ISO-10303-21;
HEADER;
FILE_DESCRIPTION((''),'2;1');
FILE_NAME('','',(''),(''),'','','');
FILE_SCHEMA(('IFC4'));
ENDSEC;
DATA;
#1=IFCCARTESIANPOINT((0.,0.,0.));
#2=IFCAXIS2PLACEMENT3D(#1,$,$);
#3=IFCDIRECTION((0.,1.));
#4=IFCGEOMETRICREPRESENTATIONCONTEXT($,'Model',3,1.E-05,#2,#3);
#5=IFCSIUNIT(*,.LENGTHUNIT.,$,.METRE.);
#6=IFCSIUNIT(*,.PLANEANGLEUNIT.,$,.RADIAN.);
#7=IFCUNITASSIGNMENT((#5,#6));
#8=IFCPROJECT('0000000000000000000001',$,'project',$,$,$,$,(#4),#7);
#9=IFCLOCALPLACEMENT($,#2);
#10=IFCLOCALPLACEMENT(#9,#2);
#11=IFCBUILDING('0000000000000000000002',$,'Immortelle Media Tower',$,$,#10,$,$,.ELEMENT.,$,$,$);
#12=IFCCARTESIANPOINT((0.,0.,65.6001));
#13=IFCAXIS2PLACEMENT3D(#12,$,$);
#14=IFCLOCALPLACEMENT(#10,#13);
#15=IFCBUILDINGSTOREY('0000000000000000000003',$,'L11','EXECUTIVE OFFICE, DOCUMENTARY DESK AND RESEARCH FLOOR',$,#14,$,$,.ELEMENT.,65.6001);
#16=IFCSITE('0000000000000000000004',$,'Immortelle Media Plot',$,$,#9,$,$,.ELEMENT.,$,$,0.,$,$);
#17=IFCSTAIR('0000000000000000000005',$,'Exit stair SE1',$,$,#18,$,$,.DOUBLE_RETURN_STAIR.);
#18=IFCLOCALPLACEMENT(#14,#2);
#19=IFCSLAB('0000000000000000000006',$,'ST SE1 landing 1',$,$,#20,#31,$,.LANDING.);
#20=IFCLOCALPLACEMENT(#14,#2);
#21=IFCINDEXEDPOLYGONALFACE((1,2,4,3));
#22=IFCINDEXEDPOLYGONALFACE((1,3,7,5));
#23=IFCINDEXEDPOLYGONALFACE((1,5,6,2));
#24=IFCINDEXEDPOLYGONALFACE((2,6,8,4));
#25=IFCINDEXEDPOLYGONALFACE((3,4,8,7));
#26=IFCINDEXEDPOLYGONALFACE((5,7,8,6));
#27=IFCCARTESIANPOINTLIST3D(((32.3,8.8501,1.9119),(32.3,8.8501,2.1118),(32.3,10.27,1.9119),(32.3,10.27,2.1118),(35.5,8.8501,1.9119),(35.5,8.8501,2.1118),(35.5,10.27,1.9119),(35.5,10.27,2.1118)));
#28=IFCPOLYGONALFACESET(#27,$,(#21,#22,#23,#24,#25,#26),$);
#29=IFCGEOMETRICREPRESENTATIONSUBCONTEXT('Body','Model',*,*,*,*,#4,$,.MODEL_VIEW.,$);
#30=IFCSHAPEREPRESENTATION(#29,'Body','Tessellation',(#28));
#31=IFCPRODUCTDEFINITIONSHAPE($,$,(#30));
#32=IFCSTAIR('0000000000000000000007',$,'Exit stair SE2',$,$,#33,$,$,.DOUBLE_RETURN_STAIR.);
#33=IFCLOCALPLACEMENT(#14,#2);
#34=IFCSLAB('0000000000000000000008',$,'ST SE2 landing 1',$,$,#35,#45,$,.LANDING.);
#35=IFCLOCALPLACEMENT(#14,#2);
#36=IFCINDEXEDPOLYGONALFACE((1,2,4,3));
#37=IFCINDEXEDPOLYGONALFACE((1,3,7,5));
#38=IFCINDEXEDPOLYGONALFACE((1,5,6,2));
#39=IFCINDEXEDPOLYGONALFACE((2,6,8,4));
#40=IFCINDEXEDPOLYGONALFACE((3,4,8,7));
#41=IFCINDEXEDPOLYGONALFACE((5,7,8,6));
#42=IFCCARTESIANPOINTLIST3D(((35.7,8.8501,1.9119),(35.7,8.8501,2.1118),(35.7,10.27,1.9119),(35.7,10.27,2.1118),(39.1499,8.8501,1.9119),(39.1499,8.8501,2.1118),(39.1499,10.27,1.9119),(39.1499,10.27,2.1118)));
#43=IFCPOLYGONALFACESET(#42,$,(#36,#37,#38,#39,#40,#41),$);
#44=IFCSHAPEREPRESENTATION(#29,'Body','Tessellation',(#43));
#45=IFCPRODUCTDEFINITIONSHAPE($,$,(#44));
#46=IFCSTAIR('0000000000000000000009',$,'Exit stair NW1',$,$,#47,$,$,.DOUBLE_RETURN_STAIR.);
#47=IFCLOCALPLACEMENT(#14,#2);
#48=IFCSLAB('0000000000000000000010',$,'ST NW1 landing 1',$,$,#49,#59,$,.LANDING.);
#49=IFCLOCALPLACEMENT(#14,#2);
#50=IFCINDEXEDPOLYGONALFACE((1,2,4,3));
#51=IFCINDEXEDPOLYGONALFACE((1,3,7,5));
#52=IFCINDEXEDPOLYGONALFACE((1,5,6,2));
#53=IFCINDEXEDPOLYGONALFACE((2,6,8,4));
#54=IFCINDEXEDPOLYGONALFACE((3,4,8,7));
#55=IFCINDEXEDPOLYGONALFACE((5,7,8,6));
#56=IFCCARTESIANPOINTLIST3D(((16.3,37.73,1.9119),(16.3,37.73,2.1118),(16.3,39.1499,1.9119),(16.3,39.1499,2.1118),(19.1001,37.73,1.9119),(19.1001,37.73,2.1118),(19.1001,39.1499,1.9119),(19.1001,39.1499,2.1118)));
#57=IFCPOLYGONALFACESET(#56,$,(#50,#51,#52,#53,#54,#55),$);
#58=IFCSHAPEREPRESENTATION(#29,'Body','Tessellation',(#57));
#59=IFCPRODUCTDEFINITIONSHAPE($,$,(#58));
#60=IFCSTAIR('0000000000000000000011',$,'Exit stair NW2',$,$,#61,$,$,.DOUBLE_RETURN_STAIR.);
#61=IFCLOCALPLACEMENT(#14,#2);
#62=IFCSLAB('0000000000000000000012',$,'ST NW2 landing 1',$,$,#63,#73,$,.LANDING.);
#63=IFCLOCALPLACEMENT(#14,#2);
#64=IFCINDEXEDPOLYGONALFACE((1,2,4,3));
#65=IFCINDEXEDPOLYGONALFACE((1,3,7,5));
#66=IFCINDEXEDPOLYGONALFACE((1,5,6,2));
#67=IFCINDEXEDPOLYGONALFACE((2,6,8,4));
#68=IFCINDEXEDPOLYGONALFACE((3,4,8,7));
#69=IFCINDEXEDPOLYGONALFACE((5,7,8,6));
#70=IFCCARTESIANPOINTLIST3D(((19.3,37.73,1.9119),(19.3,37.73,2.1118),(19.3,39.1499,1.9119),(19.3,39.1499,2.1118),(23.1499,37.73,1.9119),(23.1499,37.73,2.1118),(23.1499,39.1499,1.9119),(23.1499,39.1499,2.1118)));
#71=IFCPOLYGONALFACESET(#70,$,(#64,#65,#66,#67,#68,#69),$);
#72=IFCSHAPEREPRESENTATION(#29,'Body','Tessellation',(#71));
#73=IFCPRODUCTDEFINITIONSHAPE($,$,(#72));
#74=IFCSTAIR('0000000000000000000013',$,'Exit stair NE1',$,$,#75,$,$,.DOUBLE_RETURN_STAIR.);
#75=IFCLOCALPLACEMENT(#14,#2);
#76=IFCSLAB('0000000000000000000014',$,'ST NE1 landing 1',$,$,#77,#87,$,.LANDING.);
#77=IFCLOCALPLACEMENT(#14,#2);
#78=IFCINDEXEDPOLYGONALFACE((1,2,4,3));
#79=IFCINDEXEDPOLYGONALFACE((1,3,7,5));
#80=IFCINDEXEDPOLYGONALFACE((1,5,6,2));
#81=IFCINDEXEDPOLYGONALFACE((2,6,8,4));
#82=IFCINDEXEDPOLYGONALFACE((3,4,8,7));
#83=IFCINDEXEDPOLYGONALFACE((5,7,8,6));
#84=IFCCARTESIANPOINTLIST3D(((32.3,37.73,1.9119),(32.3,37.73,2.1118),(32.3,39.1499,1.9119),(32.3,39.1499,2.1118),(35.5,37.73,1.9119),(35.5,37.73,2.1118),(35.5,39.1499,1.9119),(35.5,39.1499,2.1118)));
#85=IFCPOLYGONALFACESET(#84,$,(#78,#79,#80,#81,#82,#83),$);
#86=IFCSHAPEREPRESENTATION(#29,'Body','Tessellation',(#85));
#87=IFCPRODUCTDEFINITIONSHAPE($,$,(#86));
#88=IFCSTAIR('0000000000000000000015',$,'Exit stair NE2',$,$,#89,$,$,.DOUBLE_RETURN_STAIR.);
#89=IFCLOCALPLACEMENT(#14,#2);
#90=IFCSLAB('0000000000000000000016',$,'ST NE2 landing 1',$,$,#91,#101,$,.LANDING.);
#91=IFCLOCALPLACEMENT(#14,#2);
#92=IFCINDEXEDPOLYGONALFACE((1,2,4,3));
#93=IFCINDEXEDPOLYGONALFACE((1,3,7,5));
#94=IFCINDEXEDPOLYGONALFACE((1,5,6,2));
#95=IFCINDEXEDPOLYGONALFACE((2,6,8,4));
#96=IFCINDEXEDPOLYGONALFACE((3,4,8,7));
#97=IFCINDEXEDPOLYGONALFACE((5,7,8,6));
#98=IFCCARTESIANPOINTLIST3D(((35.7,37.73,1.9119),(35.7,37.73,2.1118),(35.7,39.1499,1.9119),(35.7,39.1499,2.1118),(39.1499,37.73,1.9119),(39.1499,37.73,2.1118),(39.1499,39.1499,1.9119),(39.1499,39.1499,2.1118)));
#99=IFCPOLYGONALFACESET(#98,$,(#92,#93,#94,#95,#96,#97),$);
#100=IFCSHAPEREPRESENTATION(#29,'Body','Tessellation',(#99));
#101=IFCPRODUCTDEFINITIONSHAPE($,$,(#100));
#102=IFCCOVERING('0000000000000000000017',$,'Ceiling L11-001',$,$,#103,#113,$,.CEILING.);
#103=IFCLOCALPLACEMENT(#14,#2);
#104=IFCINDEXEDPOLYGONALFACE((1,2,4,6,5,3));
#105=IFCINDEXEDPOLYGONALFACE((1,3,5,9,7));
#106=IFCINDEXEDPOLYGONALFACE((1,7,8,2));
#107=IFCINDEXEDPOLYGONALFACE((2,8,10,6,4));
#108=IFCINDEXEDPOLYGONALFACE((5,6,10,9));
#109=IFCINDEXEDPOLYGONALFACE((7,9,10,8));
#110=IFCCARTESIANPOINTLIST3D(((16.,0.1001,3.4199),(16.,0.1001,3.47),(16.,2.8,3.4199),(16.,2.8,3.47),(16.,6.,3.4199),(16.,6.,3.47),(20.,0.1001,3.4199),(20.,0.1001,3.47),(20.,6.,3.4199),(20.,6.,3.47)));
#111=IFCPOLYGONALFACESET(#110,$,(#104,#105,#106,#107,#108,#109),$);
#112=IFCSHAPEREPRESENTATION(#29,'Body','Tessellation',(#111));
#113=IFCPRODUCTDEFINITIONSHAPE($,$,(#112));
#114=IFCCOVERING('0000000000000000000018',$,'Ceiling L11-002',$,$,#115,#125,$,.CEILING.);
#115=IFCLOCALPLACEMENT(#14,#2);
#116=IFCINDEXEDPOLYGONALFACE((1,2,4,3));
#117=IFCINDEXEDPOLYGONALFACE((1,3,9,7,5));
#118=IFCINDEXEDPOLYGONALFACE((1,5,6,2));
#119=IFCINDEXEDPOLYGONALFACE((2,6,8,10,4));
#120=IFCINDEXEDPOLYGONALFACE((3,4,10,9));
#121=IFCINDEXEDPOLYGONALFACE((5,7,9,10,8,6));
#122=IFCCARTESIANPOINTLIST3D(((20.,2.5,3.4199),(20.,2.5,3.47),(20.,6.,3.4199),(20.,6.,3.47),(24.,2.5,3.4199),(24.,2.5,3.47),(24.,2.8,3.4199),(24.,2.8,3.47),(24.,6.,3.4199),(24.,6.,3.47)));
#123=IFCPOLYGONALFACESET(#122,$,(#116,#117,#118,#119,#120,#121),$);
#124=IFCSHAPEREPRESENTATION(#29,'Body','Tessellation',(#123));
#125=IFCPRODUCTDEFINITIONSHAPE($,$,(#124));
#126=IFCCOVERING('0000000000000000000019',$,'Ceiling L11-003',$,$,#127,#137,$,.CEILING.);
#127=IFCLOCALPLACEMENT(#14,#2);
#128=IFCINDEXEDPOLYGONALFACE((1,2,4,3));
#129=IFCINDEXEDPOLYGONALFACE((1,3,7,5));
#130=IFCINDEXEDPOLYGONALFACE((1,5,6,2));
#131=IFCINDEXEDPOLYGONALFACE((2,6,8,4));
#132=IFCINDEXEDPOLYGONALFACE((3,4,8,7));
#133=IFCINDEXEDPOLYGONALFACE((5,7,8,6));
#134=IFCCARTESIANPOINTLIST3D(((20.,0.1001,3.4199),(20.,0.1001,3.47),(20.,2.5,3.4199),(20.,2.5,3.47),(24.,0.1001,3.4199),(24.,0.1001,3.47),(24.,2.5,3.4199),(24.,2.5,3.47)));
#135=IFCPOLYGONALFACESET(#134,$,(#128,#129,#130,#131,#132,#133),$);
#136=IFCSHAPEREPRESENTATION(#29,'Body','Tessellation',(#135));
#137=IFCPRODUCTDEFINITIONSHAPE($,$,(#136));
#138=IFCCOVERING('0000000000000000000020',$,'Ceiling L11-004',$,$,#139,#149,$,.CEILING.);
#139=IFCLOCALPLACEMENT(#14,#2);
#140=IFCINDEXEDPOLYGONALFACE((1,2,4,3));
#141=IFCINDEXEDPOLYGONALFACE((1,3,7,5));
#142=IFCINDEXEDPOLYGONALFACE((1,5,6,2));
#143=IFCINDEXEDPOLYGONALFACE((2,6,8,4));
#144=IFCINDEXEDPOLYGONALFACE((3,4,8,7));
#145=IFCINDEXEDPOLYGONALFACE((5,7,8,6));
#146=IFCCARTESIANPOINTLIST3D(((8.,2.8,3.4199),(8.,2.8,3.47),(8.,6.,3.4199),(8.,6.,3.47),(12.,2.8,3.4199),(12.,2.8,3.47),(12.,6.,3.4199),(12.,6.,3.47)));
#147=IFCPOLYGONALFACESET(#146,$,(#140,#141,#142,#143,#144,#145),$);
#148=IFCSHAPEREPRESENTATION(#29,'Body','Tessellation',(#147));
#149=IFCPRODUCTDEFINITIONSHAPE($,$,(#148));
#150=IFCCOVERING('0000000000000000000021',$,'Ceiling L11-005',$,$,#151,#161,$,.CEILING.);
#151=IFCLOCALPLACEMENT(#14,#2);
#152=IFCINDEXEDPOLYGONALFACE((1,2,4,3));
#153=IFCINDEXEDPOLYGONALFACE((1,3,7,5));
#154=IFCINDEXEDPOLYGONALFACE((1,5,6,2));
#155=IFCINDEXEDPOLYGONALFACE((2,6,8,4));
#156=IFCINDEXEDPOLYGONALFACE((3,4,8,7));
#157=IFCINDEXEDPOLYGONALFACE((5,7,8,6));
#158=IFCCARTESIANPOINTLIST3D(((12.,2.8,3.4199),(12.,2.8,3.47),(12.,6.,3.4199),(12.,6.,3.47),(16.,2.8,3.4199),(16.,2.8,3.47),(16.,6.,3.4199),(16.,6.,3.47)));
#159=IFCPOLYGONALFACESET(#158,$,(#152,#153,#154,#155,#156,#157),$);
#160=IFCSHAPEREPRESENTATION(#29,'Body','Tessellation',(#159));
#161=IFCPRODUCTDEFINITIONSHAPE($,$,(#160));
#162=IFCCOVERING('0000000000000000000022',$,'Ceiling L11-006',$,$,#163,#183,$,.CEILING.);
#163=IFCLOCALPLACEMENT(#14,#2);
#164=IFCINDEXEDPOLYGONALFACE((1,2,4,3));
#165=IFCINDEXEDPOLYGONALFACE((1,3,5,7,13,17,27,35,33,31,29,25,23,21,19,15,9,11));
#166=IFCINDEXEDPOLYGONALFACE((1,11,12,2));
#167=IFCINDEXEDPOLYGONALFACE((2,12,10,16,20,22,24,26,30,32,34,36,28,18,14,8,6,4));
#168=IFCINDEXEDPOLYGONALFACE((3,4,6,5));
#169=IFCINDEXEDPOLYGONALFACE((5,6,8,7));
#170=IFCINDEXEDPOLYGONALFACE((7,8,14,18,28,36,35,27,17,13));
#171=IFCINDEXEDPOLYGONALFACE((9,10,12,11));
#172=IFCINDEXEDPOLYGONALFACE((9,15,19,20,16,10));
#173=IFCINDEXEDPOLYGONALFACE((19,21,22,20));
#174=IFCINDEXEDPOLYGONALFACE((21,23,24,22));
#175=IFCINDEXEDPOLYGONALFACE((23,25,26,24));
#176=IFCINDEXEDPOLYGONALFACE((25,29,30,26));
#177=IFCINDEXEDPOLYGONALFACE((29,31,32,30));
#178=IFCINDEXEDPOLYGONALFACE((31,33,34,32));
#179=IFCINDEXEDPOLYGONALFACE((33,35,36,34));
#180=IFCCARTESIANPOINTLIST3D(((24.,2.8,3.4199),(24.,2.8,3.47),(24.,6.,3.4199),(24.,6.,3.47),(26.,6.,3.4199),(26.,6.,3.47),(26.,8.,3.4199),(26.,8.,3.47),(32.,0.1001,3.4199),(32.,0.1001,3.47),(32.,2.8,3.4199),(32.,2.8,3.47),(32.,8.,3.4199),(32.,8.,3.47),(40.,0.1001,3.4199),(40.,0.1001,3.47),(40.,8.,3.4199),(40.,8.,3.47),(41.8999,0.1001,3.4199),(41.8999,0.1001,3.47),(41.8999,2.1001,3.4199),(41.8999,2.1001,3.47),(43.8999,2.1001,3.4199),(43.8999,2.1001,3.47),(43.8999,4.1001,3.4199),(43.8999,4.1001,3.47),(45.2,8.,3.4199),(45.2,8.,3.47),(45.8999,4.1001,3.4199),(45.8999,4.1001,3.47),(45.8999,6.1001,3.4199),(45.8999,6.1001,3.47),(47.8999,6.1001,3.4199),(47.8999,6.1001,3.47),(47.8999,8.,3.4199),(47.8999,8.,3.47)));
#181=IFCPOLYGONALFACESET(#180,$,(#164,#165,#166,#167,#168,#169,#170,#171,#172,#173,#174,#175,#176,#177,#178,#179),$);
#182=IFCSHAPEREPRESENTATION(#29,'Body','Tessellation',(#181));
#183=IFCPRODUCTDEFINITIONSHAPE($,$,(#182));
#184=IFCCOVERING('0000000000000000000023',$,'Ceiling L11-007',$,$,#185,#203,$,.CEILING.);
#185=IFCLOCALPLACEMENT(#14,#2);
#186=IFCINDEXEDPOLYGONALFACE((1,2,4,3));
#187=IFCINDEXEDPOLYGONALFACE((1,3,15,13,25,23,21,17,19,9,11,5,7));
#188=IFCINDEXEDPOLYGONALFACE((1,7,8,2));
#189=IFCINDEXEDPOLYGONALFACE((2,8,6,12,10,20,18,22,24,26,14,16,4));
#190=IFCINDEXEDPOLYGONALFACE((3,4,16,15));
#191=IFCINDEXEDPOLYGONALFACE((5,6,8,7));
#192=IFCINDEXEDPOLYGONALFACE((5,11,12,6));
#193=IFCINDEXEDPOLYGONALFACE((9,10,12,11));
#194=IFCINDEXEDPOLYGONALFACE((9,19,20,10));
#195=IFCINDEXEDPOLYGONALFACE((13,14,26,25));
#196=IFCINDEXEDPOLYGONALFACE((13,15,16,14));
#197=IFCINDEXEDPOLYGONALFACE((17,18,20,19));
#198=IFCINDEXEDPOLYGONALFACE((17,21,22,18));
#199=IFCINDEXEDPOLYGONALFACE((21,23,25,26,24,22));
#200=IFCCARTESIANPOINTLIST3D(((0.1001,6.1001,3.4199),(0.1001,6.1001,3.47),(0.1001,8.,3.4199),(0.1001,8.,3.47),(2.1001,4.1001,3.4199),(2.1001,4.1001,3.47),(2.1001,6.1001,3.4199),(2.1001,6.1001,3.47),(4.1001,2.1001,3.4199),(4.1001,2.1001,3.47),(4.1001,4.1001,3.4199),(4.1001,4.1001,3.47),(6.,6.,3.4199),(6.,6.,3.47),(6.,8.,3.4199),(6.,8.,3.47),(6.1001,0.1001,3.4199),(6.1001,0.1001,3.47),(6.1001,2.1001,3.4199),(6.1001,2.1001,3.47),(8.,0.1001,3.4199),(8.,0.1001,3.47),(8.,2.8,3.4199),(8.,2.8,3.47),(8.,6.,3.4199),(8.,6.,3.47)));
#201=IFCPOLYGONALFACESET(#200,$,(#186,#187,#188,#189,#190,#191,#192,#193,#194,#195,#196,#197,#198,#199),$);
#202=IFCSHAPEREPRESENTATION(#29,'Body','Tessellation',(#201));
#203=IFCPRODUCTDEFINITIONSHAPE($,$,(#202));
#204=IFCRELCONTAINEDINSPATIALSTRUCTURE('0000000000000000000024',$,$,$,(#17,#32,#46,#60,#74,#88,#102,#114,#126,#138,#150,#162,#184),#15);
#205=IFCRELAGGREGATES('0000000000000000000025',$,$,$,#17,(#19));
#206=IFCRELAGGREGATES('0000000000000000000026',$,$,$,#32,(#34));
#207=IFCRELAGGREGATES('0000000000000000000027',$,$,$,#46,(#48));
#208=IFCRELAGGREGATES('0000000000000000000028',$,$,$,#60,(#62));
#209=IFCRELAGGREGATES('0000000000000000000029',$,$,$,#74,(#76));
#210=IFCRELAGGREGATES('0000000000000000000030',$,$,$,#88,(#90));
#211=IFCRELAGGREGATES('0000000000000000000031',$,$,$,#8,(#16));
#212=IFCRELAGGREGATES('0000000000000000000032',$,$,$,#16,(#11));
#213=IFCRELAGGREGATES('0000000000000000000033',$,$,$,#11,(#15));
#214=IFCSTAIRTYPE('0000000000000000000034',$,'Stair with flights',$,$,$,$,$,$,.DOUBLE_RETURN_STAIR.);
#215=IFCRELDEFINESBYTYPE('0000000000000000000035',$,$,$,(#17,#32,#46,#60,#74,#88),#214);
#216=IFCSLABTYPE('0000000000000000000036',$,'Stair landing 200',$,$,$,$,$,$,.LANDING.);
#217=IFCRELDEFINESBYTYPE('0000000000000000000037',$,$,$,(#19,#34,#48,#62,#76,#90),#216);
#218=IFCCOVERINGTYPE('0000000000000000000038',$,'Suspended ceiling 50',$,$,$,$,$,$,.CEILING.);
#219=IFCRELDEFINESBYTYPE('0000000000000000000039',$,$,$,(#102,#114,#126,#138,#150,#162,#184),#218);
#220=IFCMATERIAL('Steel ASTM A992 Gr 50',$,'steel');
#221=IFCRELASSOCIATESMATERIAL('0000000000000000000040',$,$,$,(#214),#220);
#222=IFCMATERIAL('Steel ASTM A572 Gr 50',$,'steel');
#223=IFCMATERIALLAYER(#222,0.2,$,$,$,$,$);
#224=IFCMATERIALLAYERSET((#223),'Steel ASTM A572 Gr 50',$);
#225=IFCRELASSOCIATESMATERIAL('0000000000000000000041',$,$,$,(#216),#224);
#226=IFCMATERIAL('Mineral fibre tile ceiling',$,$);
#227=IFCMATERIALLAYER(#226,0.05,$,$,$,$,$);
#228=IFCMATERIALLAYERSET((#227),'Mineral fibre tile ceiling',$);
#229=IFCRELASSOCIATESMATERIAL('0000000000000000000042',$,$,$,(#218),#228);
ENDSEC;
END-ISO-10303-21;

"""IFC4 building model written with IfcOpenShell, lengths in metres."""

from ifc_helpers import new_model, si_unit, direction, frame, origin, place, context, subcontext, project, spatial, polyline, outline, extrude, material, layer, layer_set, type_object, element, aggregate, save


model = new_model("IFC4")

# Units and contexts
model_context = context("Model", 3, precision=1e-05, world=origin(), true_north=direction((0.0, 1.0)))
body_context = subcontext(model_context, "Body", "Model", "MODEL_VIEW")
ifc_project = project(units=[si_unit("LENGTHUNIT", "METRE"), si_unit("PLANEANGLEUNIT", "RADIAN")], contexts=[model_context])

# Site, building, storey
site_placement = place(None, origin())
site = spatial("IfcSite", under=ifc_project, at=site_placement, Name="Immortelle Media Plot", CompositionType="ELEMENT", RefElevation=0.0)
building_placement = place(site_placement, origin())
building = spatial("IfcBuilding", under=site, at=building_placement, Name="Immortelle Media Tower", CompositionType="ELEMENT")
storey_placement = place(building_placement, frame((0.0, 0.0, 65.6001)))
storey = spatial("IfcBuildingStorey", under=building, at=storey_placement, Name="L11", Description="EXECUTIVE OFFICE, DOCUMENTARY DESK AND RESEARCH FLOOR", CompositionType="ELEMENT", Elevation=65.6001)

# Stairs, slabs
ifc_material_1 = material(Name="Steel ASTM A992 Gr 50", Category="steel")
stair_type = type_object("IfcStairType", Name="Stair with flights", PredefinedType="DOUBLE_RETURN_STAIR", material=ifc_material_1)
ifc_material_2 = material(Name="Steel ASTM A572 Gr 50", Category="steel")
ifc_layer_1 = layer(ifc_material_2, 0.2)
ifc_layer_set_1 = layer_set([ifc_layer_1], Name="Steel ASTM A572 Gr 50")
slab_type_1 = type_object("IfcSlabType", Name="Stair landing 200", PredefinedType="LANDING", material=ifc_layer_set_1)
stair_1_placement = place(storey_placement, origin())
stair_1 = element("IfcStair", 1, at=stair_1_placement, inside=storey, type_object=stair_type, Name="Exit stair SE1", PredefinedType="DOUBLE_RETURN_STAIR")
slab_1_placement = place(storey_placement, frame((0.0, 0.0, 1.9119)))
slab_1 = element("IfcSlab", 2, at=slab_1_placement, type_object=slab_type_1, Name="ST SE1 landing 1", PredefinedType="LANDING", context=body_context, shape_type="SweptSolid", body=[
    extrude(outline(polyline([(32.3, 8.8501), (35.5, 8.8501), (35.5, 10.27), (32.3, 10.27), (32.3, 8.8501)])), origin(), (0.0, 0.0, 1.0), 0.2),
])
aggregate(stair_1, [slab_1])
stair_2_placement = place(storey_placement, origin())
stair_2 = element("IfcStair", 3, at=stair_2_placement, inside=storey, type_object=stair_type, Name="Exit stair SE2", PredefinedType="DOUBLE_RETURN_STAIR")
slab_2_placement = place(storey_placement, frame((0.0, 0.0, 1.9119)))
slab_2 = element("IfcSlab", 4, at=slab_2_placement, type_object=slab_type_1, Name="ST SE2 landing 1", PredefinedType="LANDING", context=body_context, shape_type="SweptSolid", body=[
    extrude(outline(polyline([(35.7, 8.8501), (39.1499, 8.8501), (39.1499, 10.27), (35.7, 10.27), (35.7, 8.8501)])), origin(), (0.0, 0.0, 1.0), 0.2),
])
aggregate(stair_2, [slab_2])
stair_3_placement = place(storey_placement, origin())
stair_3 = element("IfcStair", 5, at=stair_3_placement, inside=storey, type_object=stair_type, Name="Exit stair NW1", PredefinedType="DOUBLE_RETURN_STAIR")
slab_3_placement = place(storey_placement, frame((0.0, 0.0, 1.9119)))
slab_3 = element("IfcSlab", 6, at=slab_3_placement, type_object=slab_type_1, Name="ST NW1 landing 1", PredefinedType="LANDING", context=body_context, shape_type="SweptSolid", body=[
    extrude(outline(polyline([(16.3, 37.73), (19.1001, 37.73), (19.1001, 39.1499), (16.3, 39.1499), (16.3, 37.73)])), origin(), (0.0, 0.0, 1.0), 0.2),
])
aggregate(stair_3, [slab_3])
stair_4_placement = place(storey_placement, origin())
stair_4 = element("IfcStair", 7, at=stair_4_placement, inside=storey, type_object=stair_type, Name="Exit stair NW2", PredefinedType="DOUBLE_RETURN_STAIR")
slab_4_placement = place(storey_placement, frame((0.0, 0.0, 1.9119)))
slab_4 = element("IfcSlab", 8, at=slab_4_placement, type_object=slab_type_1, Name="ST NW2 landing 1", PredefinedType="LANDING", context=body_context, shape_type="SweptSolid", body=[
    extrude(outline(polyline([(19.3, 37.73), (23.1499, 37.73), (23.1499, 39.1499), (19.3, 39.1499), (19.3, 37.73)])), origin(), (0.0, 0.0, 1.0), 0.2),
])
aggregate(stair_4, [slab_4])
stair_5_placement = place(storey_placement, origin())
stair_5 = element("IfcStair", 9, at=stair_5_placement, inside=storey, type_object=stair_type, Name="Exit stair NE1", PredefinedType="DOUBLE_RETURN_STAIR")
slab_5_placement = place(storey_placement, frame((0.0, 0.0, 1.9119)))
slab_5 = element("IfcSlab", 10, at=slab_5_placement, type_object=slab_type_1, Name="ST NE1 landing 1", PredefinedType="LANDING", context=body_context, shape_type="SweptSolid", body=[
    extrude(outline(polyline([(32.3, 37.73), (35.5, 37.73), (35.5, 39.1499), (32.3, 39.1499), (32.3, 37.73)])), origin(), (0.0, 0.0, 1.0), 0.2),
])
aggregate(stair_5, [slab_5])
stair_6_placement = place(storey_placement, origin())
stair_6 = element("IfcStair", 11, at=stair_6_placement, inside=storey, type_object=stair_type, Name="Exit stair NE2", PredefinedType="DOUBLE_RETURN_STAIR")
slab_6_placement = place(storey_placement, frame((0.0, 0.0, 1.9119)))
slab_6 = element("IfcSlab", 12, at=slab_6_placement, type_object=slab_type_1, Name="ST NE2 landing 1", PredefinedType="LANDING", context=body_context, shape_type="SweptSolid", body=[
    extrude(outline(polyline([(35.7, 37.73), (39.1499, 37.73), (39.1499, 39.1499), (35.7, 39.1499), (35.7, 37.73)])), origin(), (0.0, 0.0, 1.0), 0.2),
])
aggregate(stair_6, [slab_6])

# Coverings
ifc_material_3 = material(Name="Mineral fibre tile ceiling")
ifc_layer_2 = layer(ifc_material_3, 0.05)
ifc_layer_set_2 = layer_set([ifc_layer_2], Name="Mineral fibre tile ceiling")
covering_type = type_object("IfcCoveringType", Name="Suspended ceiling 50", PredefinedType="CEILING", material=ifc_layer_set_2)
covering_1_placement = place(storey_placement, frame((0.0, 0.0, 3.4199)))
element("IfcCovering", 13, at=covering_1_placement, inside=storey, type_object=covering_type, Name="Ceiling L11-001", PredefinedType="CEILING", context=body_context, shape_type="SweptSolid", body=[
    extrude(outline(polyline([(16.0, 2.8), (16.0, 6.0), (20.0, 6.0), (20.0, 0.1001), (16.0, 0.1001), (16.0, 2.8)])), origin(), (0.0, 0.0, 1.0), 0.05),
])
covering_2_placement = place(storey_placement, frame((0.0, 0.0, 3.4199)))
element("IfcCovering", 14, at=covering_2_placement, inside=storey, type_object=covering_type, Name="Ceiling L11-002", PredefinedType="CEILING", context=body_context, shape_type="SweptSolid", body=[
    extrude(outline(polyline([(24.0, 2.8), (24.0, 2.5), (20.0, 2.5), (20.0, 6.0), (24.0, 6.0), (24.0, 2.8)])), origin(), (0.0, 0.0, 1.0), 0.05),
])
covering_3_placement = place(storey_placement, frame((0.0, 0.0, 3.4199)))
element("IfcCovering", 15, at=covering_3_placement, inside=storey, type_object=covering_type, Name="Ceiling L11-003", PredefinedType="CEILING", context=body_context, shape_type="SweptSolid", body=[
    extrude(outline(polyline([(24.0, 0.1001), (20.0, 0.1001), (20.0, 2.5), (24.0, 2.5), (24.0, 0.1001)])), origin(), (0.0, 0.0, 1.0), 0.05),
])
covering_4_placement = place(storey_placement, frame((0.0, 0.0, 3.4199)))
element("IfcCovering", 16, at=covering_4_placement, inside=storey, type_object=covering_type, Name="Ceiling L11-004", PredefinedType="CEILING", context=body_context, shape_type="SweptSolid", body=[
    extrude(outline(polyline([(8.0, 6.0), (12.0, 6.0), (12.0, 2.8), (8.0, 2.8), (8.0, 6.0)])), origin(), (0.0, 0.0, 1.0), 0.05),
])
covering_5_placement = place(storey_placement, frame((0.0, 0.0, 3.4199)))
element("IfcCovering", 17, at=covering_5_placement, inside=storey, type_object=covering_type, Name="Ceiling L11-005", PredefinedType="CEILING", context=body_context, shape_type="SweptSolid", body=[
    extrude(outline(polyline([(16.0, 6.0), (16.0, 2.8), (12.0, 2.8), (12.0, 6.0), (16.0, 6.0)])), origin(), (0.0, 0.0, 1.0), 0.05),
])
covering_6_placement = place(storey_placement, frame((0.0, 0.0, 3.4199)))
element("IfcCovering", 18, at=covering_6_placement, inside=storey, type_object=covering_type, Name="Ceiling L11-006", PredefinedType="CEILING", context=body_context, shape_type="SweptSolid", body=[
    extrude(outline(polyline([(24.0, 2.8), (24.0, 6.0), (26.0, 6.0), (26.0, 8.0), (32.0, 8.0), (40.0, 8.0), (45.2, 8.0), (47.8999, 8.0), (47.8999, 6.1001), (45.8999, 6.1001), (45.8999, 4.1001), (43.8999, 4.1001), (43.8999, 2.1001), (41.8999, 2.1001), (41.8999, 0.1001), (40.0, 0.1001), (32.0, 0.1001), (32.0, 2.8), (24.0, 2.8)])), origin(), (0.0, 0.0, 1.0), 0.05),
])
covering_7_placement = place(storey_placement, frame((0.0, 0.0, 3.4199)))
element("IfcCovering", 19, at=covering_7_placement, inside=storey, type_object=covering_type, Name="Ceiling L11-007", PredefinedType="CEILING", context=body_context, shape_type="SweptSolid", body=[
    extrude(outline(polyline([(6.1001, 0.1001), (6.1001, 2.1001), (4.1001, 2.1001), (4.1001, 4.1001), (2.1001, 4.1001), (2.1001, 6.1001), (0.1001, 6.1001), (0.1001, 8.0), (6.0, 8.0), (6.0, 6.0), (8.0, 6.0), (8.0, 2.8), (8.0, 0.1001), (6.1001, 0.1001)])), origin(), (0.0, 0.0, 1.0), 0.05),
])

save(model, "model.ifc")
